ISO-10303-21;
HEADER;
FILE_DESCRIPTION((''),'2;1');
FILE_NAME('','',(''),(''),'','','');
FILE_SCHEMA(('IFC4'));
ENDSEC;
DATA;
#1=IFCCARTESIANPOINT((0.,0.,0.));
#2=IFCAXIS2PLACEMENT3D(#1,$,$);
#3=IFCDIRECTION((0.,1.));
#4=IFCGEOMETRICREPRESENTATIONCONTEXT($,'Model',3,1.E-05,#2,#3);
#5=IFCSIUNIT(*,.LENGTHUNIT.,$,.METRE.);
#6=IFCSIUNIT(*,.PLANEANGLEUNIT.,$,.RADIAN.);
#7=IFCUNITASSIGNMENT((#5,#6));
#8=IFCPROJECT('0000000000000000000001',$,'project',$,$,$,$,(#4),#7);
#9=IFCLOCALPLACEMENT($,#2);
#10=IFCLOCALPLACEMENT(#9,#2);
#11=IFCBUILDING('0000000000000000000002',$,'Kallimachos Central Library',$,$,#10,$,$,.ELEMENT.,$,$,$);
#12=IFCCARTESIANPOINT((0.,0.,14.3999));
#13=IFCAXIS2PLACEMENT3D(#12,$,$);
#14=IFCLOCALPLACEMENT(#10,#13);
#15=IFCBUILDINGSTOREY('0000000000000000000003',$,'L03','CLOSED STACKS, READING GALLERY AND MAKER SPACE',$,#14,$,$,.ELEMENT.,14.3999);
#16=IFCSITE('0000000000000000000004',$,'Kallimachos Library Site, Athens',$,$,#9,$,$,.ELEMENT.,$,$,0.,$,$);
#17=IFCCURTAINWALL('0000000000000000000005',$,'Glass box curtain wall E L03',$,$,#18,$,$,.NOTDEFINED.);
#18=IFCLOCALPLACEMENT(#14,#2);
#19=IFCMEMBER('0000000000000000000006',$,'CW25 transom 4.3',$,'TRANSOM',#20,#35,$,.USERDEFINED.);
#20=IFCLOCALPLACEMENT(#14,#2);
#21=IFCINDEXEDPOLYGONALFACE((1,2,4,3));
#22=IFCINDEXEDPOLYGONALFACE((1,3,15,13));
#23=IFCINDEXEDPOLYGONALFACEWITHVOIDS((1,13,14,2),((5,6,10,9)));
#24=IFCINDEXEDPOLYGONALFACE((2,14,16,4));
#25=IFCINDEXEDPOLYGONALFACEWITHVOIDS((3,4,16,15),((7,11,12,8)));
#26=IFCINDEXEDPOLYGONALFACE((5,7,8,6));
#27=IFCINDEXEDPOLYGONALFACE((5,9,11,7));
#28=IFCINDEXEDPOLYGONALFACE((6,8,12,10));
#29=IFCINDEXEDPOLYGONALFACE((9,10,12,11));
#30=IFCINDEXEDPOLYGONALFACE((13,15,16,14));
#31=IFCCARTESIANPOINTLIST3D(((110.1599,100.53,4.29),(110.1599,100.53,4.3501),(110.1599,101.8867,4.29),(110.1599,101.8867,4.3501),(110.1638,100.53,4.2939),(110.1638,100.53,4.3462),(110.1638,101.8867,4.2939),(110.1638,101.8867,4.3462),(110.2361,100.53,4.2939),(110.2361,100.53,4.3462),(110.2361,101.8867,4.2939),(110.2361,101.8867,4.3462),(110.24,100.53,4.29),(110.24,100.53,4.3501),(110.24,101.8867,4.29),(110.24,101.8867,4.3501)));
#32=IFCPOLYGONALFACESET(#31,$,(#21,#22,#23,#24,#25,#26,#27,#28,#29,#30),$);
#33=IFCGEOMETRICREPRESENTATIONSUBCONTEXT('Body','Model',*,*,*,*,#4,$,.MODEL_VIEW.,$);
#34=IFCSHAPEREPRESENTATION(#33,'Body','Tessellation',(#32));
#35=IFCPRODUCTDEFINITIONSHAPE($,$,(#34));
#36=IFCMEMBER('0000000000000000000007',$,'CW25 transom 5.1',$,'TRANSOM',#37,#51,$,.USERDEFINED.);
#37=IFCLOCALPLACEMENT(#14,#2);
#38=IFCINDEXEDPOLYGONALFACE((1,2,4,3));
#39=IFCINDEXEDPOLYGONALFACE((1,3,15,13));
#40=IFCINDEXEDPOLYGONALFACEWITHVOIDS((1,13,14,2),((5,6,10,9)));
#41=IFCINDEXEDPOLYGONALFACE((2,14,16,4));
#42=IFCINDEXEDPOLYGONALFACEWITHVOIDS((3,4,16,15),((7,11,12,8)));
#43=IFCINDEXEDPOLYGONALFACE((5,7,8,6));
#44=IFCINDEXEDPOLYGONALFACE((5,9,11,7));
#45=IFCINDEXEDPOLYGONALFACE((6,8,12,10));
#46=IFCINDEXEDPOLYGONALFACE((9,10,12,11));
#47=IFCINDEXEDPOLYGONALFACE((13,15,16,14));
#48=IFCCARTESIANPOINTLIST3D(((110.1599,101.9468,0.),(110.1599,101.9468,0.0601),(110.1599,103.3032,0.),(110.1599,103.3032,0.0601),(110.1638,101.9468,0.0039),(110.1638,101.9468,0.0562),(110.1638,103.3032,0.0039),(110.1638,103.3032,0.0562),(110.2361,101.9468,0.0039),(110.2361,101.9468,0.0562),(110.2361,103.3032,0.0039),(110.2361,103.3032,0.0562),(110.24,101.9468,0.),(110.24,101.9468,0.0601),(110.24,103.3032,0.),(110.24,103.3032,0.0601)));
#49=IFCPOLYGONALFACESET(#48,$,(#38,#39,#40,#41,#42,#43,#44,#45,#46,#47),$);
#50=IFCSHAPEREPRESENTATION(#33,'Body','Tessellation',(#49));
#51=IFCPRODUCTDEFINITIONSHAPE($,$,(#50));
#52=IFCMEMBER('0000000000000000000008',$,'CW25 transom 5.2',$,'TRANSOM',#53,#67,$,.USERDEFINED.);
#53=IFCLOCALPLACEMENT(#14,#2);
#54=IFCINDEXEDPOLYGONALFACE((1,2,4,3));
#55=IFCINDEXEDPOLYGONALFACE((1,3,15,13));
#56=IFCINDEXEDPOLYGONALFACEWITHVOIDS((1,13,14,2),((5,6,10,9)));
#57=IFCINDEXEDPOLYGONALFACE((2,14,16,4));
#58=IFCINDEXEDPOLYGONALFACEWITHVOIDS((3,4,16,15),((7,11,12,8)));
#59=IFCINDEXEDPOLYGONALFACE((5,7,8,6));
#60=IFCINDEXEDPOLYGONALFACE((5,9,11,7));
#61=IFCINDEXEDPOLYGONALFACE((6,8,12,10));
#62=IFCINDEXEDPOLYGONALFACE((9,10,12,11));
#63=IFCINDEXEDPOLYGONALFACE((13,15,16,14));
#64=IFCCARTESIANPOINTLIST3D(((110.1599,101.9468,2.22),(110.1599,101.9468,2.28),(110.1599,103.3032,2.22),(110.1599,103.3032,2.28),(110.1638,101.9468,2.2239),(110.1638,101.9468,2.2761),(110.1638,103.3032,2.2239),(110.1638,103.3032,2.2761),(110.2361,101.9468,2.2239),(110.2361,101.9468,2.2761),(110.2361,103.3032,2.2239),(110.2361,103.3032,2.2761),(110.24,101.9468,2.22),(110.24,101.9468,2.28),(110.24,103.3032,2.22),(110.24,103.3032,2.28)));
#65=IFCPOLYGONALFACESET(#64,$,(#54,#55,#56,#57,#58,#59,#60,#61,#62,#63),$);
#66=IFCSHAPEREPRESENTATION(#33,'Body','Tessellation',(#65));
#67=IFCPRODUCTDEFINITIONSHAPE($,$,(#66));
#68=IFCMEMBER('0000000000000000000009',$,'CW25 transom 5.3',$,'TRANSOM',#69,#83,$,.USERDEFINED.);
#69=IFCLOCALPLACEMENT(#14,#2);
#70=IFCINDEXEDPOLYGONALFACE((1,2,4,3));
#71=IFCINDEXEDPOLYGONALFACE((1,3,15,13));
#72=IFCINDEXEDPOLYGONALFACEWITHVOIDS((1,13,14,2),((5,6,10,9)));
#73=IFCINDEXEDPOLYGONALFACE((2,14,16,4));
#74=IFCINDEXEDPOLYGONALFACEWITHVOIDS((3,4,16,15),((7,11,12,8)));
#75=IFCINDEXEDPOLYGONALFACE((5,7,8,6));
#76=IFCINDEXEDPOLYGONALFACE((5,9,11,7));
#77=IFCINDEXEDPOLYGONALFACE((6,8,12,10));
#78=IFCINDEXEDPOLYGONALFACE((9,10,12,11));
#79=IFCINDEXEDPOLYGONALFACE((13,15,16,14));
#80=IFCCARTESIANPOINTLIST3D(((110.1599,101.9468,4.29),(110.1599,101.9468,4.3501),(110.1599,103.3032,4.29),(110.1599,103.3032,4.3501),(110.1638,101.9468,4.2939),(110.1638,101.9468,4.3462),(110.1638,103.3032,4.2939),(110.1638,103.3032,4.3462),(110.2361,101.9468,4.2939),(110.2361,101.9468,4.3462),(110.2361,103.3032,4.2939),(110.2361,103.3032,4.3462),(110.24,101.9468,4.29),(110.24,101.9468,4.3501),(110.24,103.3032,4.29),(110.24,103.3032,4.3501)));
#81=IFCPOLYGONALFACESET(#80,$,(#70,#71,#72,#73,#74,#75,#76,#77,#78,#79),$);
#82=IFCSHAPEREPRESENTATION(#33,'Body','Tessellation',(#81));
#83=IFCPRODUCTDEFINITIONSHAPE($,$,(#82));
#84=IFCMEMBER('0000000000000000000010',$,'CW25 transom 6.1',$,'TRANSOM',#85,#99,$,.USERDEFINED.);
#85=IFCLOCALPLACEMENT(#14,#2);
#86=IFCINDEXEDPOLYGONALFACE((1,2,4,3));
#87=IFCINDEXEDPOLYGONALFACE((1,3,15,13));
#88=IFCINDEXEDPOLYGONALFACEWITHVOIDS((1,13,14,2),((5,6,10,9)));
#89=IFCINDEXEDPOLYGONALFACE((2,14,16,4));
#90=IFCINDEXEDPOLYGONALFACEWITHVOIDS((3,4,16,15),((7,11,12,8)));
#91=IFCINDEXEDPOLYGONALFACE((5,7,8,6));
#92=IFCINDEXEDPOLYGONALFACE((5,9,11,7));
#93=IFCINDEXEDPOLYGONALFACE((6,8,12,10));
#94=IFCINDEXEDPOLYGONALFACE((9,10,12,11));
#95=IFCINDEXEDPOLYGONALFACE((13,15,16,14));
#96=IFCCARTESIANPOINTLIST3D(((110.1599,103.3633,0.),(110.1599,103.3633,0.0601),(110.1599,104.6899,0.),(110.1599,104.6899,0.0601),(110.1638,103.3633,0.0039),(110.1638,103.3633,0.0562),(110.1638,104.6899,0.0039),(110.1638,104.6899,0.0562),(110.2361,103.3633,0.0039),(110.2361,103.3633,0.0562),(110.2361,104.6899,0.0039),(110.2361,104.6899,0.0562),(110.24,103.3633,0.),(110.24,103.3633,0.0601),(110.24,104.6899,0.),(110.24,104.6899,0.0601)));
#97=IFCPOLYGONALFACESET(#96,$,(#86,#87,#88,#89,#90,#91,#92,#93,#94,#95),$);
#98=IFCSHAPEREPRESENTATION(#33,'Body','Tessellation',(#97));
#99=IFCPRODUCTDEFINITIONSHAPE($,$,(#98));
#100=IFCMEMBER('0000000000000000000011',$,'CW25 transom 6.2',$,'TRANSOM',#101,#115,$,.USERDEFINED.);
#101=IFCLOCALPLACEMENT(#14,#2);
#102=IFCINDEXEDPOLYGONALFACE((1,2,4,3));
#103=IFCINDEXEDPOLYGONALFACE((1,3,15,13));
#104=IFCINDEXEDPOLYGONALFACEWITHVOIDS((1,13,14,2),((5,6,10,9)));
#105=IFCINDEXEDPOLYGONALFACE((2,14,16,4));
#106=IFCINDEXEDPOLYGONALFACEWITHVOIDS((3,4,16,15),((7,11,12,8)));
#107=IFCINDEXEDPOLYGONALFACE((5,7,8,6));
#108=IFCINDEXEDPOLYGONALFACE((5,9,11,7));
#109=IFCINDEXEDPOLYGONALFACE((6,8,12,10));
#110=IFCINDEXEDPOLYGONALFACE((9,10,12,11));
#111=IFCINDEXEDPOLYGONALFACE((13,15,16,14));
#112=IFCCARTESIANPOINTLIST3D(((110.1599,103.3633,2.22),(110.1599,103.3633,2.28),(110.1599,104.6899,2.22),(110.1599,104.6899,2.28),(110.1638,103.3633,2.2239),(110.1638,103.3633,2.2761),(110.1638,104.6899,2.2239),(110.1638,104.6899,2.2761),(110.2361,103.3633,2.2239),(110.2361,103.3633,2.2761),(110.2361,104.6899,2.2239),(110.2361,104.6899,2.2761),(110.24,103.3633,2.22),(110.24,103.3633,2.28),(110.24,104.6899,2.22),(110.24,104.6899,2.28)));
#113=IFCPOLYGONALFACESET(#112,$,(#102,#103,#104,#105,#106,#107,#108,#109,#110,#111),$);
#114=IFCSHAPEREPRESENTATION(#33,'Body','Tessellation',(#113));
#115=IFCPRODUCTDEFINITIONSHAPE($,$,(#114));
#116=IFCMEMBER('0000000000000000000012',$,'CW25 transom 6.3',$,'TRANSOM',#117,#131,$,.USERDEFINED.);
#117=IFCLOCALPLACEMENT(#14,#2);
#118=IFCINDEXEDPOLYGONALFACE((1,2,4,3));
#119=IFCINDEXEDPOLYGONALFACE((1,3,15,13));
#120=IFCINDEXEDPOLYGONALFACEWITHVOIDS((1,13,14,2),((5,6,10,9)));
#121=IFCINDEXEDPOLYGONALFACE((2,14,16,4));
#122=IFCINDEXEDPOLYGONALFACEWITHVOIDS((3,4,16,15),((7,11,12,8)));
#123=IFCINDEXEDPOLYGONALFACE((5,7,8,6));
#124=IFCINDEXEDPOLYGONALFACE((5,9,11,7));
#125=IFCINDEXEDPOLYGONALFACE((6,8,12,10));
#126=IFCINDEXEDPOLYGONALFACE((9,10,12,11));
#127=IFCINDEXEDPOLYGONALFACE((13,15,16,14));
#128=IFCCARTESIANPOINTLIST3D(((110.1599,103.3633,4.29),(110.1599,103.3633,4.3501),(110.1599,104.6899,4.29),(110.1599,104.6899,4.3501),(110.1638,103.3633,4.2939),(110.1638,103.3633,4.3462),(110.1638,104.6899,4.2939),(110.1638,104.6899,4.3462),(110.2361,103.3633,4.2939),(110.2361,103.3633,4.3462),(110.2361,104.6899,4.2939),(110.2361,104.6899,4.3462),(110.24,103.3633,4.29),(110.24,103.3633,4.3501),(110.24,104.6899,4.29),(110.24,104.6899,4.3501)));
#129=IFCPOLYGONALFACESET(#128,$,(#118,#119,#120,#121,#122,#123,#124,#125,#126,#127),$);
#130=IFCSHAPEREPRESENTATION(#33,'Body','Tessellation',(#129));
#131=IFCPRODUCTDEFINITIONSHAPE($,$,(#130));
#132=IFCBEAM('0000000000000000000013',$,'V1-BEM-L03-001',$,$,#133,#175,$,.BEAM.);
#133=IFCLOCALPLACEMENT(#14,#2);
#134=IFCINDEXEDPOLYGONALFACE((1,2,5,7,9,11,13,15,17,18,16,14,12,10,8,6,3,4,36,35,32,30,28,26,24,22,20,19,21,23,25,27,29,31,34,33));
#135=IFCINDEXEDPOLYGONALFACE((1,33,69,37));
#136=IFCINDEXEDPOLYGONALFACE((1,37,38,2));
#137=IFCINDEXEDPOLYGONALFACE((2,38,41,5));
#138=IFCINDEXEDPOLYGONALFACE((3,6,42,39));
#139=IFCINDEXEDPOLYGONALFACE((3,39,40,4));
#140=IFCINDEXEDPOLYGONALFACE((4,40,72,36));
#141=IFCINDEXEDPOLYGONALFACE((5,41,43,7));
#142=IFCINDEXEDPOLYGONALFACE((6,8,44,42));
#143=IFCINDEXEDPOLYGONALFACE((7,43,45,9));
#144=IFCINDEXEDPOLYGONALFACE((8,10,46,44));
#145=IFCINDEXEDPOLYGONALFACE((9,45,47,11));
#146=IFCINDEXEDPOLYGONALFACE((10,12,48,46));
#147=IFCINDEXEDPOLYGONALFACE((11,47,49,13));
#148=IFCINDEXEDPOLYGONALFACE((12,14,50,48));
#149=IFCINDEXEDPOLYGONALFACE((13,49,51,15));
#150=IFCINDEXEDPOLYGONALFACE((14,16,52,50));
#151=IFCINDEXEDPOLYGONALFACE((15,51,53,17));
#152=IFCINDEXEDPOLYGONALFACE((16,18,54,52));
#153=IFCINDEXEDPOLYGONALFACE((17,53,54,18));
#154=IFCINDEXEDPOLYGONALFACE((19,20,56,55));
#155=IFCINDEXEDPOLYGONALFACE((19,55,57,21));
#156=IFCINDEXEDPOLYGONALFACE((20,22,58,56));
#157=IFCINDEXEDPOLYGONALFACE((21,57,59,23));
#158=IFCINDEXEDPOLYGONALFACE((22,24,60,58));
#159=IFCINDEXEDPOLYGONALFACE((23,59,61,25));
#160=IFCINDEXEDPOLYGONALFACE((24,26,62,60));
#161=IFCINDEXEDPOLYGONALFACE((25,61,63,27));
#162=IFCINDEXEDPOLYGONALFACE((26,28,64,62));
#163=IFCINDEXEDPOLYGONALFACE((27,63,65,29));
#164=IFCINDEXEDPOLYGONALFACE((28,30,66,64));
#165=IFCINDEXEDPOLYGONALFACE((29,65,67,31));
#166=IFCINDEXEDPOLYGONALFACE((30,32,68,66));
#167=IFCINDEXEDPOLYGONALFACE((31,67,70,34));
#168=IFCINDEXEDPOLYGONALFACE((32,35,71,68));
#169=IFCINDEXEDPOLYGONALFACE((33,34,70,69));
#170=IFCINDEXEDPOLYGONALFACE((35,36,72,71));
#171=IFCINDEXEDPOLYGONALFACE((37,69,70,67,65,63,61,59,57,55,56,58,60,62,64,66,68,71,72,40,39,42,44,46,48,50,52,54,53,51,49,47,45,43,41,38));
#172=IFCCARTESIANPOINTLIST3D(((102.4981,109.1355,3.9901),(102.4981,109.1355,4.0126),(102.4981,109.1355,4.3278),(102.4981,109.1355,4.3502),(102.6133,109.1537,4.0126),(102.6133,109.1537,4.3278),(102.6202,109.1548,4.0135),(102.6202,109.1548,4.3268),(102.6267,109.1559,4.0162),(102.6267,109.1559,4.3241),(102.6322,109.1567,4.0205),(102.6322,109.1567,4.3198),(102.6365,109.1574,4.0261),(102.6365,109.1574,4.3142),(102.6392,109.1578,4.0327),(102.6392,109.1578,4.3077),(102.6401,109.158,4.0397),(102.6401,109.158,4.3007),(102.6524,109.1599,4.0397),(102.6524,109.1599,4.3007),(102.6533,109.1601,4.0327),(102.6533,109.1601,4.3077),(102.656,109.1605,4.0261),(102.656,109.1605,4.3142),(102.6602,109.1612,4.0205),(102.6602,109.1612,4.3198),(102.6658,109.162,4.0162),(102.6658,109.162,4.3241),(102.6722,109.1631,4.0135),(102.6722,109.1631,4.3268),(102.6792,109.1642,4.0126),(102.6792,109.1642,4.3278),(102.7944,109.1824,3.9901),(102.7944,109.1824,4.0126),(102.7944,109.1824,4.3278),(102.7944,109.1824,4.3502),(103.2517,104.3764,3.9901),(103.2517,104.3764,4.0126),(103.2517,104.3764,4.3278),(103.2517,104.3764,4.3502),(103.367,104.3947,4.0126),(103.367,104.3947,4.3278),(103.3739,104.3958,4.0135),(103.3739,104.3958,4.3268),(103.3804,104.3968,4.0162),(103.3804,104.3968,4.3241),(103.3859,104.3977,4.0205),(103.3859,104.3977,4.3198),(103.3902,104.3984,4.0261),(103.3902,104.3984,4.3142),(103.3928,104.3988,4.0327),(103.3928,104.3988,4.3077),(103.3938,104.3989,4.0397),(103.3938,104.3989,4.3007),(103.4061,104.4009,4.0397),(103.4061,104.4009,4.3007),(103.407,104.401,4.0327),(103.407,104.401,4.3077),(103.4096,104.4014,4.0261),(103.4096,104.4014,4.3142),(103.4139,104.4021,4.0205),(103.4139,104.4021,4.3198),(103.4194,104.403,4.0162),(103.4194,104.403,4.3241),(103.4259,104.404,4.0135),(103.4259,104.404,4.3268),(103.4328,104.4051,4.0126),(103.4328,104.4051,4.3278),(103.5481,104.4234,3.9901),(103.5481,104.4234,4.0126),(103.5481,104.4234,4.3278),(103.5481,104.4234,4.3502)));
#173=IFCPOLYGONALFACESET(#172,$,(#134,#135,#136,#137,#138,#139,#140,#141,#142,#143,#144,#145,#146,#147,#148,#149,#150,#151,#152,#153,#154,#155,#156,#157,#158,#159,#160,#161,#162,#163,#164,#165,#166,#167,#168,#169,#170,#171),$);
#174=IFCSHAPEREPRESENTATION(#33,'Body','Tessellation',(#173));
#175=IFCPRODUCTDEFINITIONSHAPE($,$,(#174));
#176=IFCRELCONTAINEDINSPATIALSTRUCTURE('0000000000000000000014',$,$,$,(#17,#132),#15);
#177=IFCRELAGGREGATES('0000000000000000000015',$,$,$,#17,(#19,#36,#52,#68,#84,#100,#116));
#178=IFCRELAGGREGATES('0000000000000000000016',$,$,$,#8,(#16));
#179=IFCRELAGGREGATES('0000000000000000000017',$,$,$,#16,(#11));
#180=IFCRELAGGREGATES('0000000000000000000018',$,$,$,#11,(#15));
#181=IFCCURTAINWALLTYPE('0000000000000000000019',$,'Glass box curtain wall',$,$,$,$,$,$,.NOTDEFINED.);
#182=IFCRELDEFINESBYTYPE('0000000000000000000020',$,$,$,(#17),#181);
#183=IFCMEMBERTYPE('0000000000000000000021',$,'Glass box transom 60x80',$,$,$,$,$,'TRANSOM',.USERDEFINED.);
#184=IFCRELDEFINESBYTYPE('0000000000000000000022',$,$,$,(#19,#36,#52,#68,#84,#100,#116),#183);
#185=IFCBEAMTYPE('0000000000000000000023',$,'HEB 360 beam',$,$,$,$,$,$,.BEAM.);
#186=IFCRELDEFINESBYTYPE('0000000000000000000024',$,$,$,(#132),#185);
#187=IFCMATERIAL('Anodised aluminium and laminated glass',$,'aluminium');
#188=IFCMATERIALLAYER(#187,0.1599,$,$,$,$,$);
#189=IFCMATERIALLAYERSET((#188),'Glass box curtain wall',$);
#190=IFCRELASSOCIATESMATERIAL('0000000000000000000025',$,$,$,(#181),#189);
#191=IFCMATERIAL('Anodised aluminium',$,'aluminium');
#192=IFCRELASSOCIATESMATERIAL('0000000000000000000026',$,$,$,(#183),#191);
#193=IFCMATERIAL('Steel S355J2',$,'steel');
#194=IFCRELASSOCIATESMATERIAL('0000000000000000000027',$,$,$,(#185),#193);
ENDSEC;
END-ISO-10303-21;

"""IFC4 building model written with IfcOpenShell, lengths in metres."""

from ifc_helpers import new_model, si_unit, direction, frame, origin, origin_2d, place, context, subcontext, project, spatial, hollow_rectangle, i_section, extrude, material, layer, layer_set, material_profile, profile_set, type_object, element, aggregate, save


model = new_model("IFC4")

# Units and contexts
model_context = context("Model", 3, precision=1e-05, world=origin(), true_north=direction((0.0, 1.0)))
body_context = subcontext(model_context, "Body", "Model", "MODEL_VIEW")
ifc_project = project(units=[si_unit("LENGTHUNIT", "METRE"), si_unit("PLANEANGLEUNIT", "RADIAN")], contexts=[model_context])

# Site, building, storey
site_placement = place(None, origin())
site = spatial("IfcSite", under=ifc_project, at=site_placement, Name="Kallimachos Library Site, Athens", CompositionType="ELEMENT", RefElevation=0.0)
building_placement = place(site_placement, origin())
building = spatial("IfcBuilding", under=site, at=building_placement, Name="Kallimachos Central Library", CompositionType="ELEMENT")
storey_placement = place(building_placement, frame((0.0, 0.0, 14.3999)))
storey = spatial("IfcBuildingStorey", under=building, at=storey_placement, Name="L03", Description="CLOSED STACKS, READING GALLERY AND MAKER SPACE", CompositionType="ELEMENT", Elevation=14.3999)

# Curtain wall, members
ifc_material_1 = material(Name="Anodised aluminium and laminated glass", Category="aluminium")
ifc_layer_1 = layer(ifc_material_1, 0.1599)
ifc_layer_set_1 = layer_set([ifc_layer_1], Name="Glass box curtain wall")
curtain_wall_type = type_object("IfcCurtainWallType", Name="Glass box curtain wall", PredefinedType="NOTDEFINED", material=ifc_layer_set_1)
curtain_wall_placement = place(storey_placement, origin())
curtain_wall = element("IfcCurtainWall", 1, at=curtain_wall_placement, inside=storey, type_object=curtain_wall_type, Name="Glass box curtain wall E L03", PredefinedType="NOTDEFINED")
ifc_material_2 = material(Name="Anodised aluminium", Category="aluminium")
ifc_material_profile_1 = material_profile(ifc_material_2, hollow_rectangle(XDim=0.0601, YDim=0.0801, WallThickness=0.0039, at=origin_2d()), Name="ALU TRANSOM 60x80")
ifc_profile_set_1 = profile_set([ifc_material_profile_1], Name="Anodised aluminium")
member_type_1 = type_object("IfcMemberType", Name="Glass box transom 60x80", ElementType="TRANSOM", PredefinedType="USERDEFINED", material=ifc_profile_set_1)
member_1_placement = place(storey_placement, frame((110.2, 100.53, 4.3201), z_axis=(0.0, 1.0, 0.0), x_axis=(0.0, 0.0, 1.0)))
member_1 = element("IfcMember", 2, at=member_1_placement, type_object=member_type_1, Name="CW25 transom 4.3", ObjectType="TRANSOM", PredefinedType="USERDEFINED", context=body_context, shape_type="SweptSolid", body=[
    extrude(hollow_rectangle(XDim=0.0601, YDim=0.0801, WallThickness=0.0039, at=origin_2d()), origin(), (0.0, 0.0, 1.0), 1.3567),
])
member_2_placement = place(storey_placement, frame((110.2, 101.9468, 0.03), z_axis=(0.0, 1.0, 0.0), x_axis=(0.0, 0.0, 1.0)))
member_2 = element("IfcMember", 3, at=member_2_placement, type_object=member_type_1, Name="CW25 transom 5.1", ObjectType="TRANSOM", PredefinedType="USERDEFINED", context=body_context, shape_type="SweptSolid", body=[
    extrude(hollow_rectangle(XDim=0.0601, YDim=0.0801, WallThickness=0.0039, at=origin_2d()), origin(), (0.0, 0.0, 1.0), 1.3564),
])
member_3_placement = place(storey_placement, frame((110.2, 101.9468, 2.25), z_axis=(0.0, 1.0, 0.0), x_axis=(0.0, 0.0, 1.0)))
member_3 = element("IfcMember", 4, at=member_3_placement, type_object=member_type_1, Name="CW25 transom 5.2", ObjectType="TRANSOM", PredefinedType="USERDEFINED", context=body_context, shape_type="SweptSolid", body=[
    extrude(hollow_rectangle(XDim=0.0601, YDim=0.0801, WallThickness=0.0039, at=origin_2d()), origin(), (0.0, 0.0, 1.0), 1.3564),
])
member_4_placement = place(storey_placement, frame((110.2, 101.9468, 4.3201), z_axis=(0.0, 1.0, 0.0), x_axis=(0.0, 0.0, 1.0)))
member_4 = element("IfcMember", 5, at=member_4_placement, type_object=member_type_1, Name="CW25 transom 5.3", ObjectType="TRANSOM", PredefinedType="USERDEFINED", context=body_context, shape_type="SweptSolid", body=[
    extrude(hollow_rectangle(XDim=0.0601, YDim=0.0801, WallThickness=0.0039, at=origin_2d()), origin(), (0.0, 0.0, 1.0), 1.3564),
])
member_5_placement = place(storey_placement, frame((110.2, 103.3633, 0.03), z_axis=(0.0, 1.0, 0.0), x_axis=(0.0, 0.0, 1.0)))
member_5 = element("IfcMember", 6, at=member_5_placement, type_object=member_type_1, Name="CW25 transom 6.1", ObjectType="TRANSOM", PredefinedType="USERDEFINED", context=body_context, shape_type="SweptSolid", body=[
    extrude(hollow_rectangle(XDim=0.0601, YDim=0.0801, WallThickness=0.0039, at=origin_2d()), origin(), (0.0, 0.0, 1.0), 1.3267),
])
member_6_placement = place(storey_placement, frame((110.2, 103.3633, 2.25), z_axis=(0.0, 1.0, 0.0), x_axis=(0.0, 0.0, 1.0)))
member_6 = element("IfcMember", 7, at=member_6_placement, type_object=member_type_1, Name="CW25 transom 6.2", ObjectType="TRANSOM", PredefinedType="USERDEFINED", context=body_context, shape_type="SweptSolid", body=[
    extrude(hollow_rectangle(XDim=0.0601, YDim=0.0801, WallThickness=0.0039, at=origin_2d()), origin(), (0.0, 0.0, 1.0), 1.3267),
])
member_7_placement = place(storey_placement, frame((110.2, 103.3633, 4.3201), z_axis=(0.0, 1.0, 0.0), x_axis=(0.0, 0.0, 1.0)))
member_7 = element("IfcMember", 8, at=member_7_placement, type_object=member_type_1, Name="CW25 transom 6.3", ObjectType="TRANSOM", PredefinedType="USERDEFINED", context=body_context, shape_type="SweptSolid", body=[
    extrude(hollow_rectangle(XDim=0.0601, YDim=0.0801, WallThickness=0.0039, at=origin_2d()), origin(), (0.0, 0.0, 1.0), 1.3267),
])

# Beam
ifc_material_3 = material(Name="Steel S355J2", Category="steel")
ifc_material_profile_2 = material_profile(ifc_material_3, i_section(OverallWidth=0.3, OverallDepth=0.3601, WebThickness=0.0125, FlangeThickness=0.0225, FilletRadius=0.0271, at=origin_2d()), Name="HEB 360")
ifc_profile_set_2 = profile_set([ifc_material_profile_2], Name="Steel S355J2")
beam_type_1 = type_object("IfcBeamType", Name="HEB 360 beam", PredefinedType="BEAM", material=ifc_profile_set_2)
beam_1_placement = place(storey_placement, frame((103.3999, 104.3999, 4.1702), z_axis=(-0.156415, 0.987691, 0.0), x_axis=(-0.987691, -0.156415, 0.0)))
element("IfcBeam", 9, at=beam_1_placement, inside=storey, type_object=beam_type_1, Name="V1-BEM-L03-001", PredefinedType="BEAM", context=body_context, shape_type="SweptSolid", body=[
    extrude(i_section(OverallWidth=0.3, OverallDepth=0.3601, WebThickness=0.0125, FlangeThickness=0.0225, FilletRadius=0.0271, at=origin_2d()), origin(), (0.0, 0.0, 1.0), 4.8184),
])

aggregate(curtain_wall, [member_1, member_2, member_3, member_4, member_5, member_6, member_7])

save(model, "model.ifc")
